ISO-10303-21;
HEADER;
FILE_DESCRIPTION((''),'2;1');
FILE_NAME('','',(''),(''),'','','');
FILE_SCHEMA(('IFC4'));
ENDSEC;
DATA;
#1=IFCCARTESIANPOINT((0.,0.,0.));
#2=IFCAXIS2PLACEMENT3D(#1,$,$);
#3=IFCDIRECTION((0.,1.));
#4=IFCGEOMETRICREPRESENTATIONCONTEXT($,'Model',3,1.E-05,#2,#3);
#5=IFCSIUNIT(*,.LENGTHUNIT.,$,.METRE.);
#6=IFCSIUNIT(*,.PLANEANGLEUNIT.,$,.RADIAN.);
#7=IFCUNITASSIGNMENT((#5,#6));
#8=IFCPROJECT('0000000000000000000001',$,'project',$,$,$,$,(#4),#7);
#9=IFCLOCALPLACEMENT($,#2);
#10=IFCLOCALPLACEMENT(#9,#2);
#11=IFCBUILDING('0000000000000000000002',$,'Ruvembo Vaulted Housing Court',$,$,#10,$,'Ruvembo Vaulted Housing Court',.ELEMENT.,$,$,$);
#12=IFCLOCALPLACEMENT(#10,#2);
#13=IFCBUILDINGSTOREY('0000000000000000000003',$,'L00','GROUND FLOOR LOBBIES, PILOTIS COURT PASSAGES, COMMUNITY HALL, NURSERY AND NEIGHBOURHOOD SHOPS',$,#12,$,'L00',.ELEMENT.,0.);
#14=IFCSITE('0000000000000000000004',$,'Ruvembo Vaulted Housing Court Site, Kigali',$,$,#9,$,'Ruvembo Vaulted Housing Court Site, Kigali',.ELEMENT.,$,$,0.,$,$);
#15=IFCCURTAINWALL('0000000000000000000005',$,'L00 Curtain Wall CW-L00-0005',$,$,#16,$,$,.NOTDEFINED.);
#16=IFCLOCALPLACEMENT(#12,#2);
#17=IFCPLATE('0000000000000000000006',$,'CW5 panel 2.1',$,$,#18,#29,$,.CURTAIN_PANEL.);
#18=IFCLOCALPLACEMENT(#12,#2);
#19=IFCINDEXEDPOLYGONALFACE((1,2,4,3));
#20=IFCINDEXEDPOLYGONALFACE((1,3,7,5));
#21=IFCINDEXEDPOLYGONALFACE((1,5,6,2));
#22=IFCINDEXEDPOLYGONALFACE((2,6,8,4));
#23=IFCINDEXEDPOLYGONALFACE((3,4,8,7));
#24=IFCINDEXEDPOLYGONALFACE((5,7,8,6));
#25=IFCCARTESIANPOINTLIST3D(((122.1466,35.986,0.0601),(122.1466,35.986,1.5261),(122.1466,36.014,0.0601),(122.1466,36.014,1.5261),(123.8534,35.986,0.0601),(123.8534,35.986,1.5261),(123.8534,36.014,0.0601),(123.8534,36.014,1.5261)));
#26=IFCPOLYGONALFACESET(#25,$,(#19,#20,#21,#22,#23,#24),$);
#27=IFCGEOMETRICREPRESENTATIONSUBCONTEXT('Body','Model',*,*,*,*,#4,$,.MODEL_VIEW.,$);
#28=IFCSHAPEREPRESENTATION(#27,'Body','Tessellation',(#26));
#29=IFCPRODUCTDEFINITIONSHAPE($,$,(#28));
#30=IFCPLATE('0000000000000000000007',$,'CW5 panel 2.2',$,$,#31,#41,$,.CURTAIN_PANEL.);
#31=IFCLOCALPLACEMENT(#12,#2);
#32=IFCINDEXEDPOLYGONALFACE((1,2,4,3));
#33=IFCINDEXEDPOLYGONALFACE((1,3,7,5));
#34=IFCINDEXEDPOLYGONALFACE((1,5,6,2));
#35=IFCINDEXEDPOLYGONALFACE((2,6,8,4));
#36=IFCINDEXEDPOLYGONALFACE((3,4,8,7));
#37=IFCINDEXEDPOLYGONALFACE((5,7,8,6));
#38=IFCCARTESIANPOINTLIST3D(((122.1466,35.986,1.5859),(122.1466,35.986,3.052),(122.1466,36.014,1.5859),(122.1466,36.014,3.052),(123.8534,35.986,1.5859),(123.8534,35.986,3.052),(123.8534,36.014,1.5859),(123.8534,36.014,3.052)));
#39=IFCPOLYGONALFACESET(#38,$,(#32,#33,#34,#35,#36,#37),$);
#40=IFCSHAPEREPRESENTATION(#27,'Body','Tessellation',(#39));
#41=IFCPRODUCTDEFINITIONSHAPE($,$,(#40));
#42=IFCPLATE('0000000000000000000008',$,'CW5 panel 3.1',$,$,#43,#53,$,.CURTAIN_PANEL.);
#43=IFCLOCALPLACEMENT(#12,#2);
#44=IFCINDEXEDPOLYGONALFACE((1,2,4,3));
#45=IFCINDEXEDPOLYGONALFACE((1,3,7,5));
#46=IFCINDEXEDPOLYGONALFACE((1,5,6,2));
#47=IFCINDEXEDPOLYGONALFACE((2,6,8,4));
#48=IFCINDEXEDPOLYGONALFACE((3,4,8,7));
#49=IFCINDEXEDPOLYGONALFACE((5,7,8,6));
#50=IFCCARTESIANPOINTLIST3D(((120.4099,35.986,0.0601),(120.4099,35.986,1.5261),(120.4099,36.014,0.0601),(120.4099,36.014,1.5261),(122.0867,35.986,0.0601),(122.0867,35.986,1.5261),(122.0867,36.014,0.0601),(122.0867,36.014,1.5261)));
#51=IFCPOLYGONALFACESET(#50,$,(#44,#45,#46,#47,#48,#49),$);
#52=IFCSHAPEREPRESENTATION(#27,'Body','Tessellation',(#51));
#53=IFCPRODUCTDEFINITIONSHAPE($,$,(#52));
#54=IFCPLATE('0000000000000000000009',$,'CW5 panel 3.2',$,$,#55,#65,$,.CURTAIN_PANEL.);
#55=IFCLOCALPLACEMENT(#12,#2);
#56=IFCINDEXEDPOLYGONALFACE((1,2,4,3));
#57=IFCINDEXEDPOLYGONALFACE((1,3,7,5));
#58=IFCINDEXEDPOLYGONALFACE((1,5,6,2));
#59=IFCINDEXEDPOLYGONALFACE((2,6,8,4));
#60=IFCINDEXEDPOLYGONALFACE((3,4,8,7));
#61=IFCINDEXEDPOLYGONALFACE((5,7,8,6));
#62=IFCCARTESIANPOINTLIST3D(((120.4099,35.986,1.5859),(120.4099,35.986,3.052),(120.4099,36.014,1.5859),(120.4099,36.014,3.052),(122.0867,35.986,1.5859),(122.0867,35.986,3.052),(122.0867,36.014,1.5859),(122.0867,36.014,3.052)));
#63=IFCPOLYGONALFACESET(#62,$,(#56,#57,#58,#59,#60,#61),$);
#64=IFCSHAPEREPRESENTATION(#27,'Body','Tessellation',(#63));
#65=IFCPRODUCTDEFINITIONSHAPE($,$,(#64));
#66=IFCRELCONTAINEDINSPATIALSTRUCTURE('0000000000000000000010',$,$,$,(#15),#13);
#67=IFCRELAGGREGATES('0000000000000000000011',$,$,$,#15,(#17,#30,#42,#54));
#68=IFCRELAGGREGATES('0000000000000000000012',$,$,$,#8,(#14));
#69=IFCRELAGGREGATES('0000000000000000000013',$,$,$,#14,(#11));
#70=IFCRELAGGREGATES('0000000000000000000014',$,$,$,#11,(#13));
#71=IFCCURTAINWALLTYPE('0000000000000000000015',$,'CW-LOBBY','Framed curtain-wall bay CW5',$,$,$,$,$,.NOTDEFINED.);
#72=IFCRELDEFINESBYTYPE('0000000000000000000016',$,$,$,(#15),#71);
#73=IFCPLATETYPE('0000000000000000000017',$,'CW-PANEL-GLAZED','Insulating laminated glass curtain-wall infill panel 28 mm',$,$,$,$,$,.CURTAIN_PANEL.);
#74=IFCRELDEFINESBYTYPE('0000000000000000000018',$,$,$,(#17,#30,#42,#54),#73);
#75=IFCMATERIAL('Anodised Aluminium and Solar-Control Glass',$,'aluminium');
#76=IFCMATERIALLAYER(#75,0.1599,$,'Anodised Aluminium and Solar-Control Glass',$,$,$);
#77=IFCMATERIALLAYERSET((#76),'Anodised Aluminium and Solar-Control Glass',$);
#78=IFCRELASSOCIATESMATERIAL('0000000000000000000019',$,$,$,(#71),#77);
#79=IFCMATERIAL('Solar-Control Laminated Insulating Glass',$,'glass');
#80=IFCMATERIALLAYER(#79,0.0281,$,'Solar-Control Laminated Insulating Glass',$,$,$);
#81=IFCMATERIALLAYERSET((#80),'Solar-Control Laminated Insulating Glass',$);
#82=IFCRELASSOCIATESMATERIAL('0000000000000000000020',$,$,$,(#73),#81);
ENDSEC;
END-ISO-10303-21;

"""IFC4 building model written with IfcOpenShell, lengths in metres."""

from ifc_helpers import new_model, si_unit, direction, frame, origin, origin_2d, place, context, subcontext, project, spatial, rectangle, extrude, material, layer, layer_set, type_object, element, aggregate, save


model = new_model("IFC4")

# Units and contexts
model_context = context("Model", 3, precision=1e-05, world=origin(), true_north=direction((0.0, 1.0)))
body_context = subcontext(model_context, "Body", "Model", "MODEL_VIEW")
ifc_project = project(units=[si_unit("LENGTHUNIT", "METRE"), si_unit("PLANEANGLEUNIT", "RADIAN")], contexts=[model_context])

# Site, building, storey
site_placement = place(None, origin())
site = spatial("IfcSite", under=ifc_project, at=site_placement, Name="Ruvembo Vaulted Housing Court Site, Kigali", LongName="Ruvembo Vaulted Housing Court Site, Kigali", CompositionType="ELEMENT", RefElevation=0.0)
building_placement = place(site_placement, origin())
building = spatial("IfcBuilding", under=site, at=building_placement, Name="Ruvembo Vaulted Housing Court", LongName="Ruvembo Vaulted Housing Court", CompositionType="ELEMENT")
storey_placement = place(building_placement, origin())
storey = spatial("IfcBuildingStorey", under=building, at=storey_placement, Name="L00", Description="GROUND FLOOR LOBBIES, PILOTIS COURT PASSAGES, COMMUNITY HALL, NURSERY AND NEIGHBOURHOOD SHOPS", LongName="L00", CompositionType="ELEMENT", Elevation=0.0)

# Curtain wall
ifc_material_1 = material(Name="Anodised Aluminium and Solar-Control Glass", Category="aluminium")
ifc_layer_1 = layer(ifc_material_1, 0.1599, Name="Anodised Aluminium and Solar-Control Glass")
ifc_layer_set_1 = layer_set([ifc_layer_1], Name="Anodised Aluminium and Solar-Control Glass")
curtain_wall_type = type_object("IfcCurtainWallType", Name="CW-LOBBY", Description="Framed curtain-wall bay CW5", PredefinedType="NOTDEFINED", material=ifc_layer_set_1)
curtain_wall_placement = place(storey_placement, origin())
curtain_wall = element("IfcCurtainWall", 1, at=curtain_wall_placement, inside=storey, type_object=curtain_wall_type, Name="L00 Curtain Wall CW-L00-0005", PredefinedType="NOTDEFINED")

# Plates
ifc_material_2 = material(Name="Solar-Control Laminated Insulating Glass", Category="glass")
ifc_layer_2 = layer(ifc_material_2, 0.0281, Name="Solar-Control Laminated Insulating Glass")
ifc_layer_set_2 = layer_set([ifc_layer_2], Name="Solar-Control Laminated Insulating Glass")
plate_type = type_object("IfcPlateType", Name="CW-PANEL-GLAZED", Description="Insulating laminated glass curtain-wall infill panel 28 mm", PredefinedType="CURTAIN_PANEL", material=ifc_layer_set_2)
plate_1_placement = place(storey_placement, frame((123.0, 36.0, 0.0601), z_axis=(0.0, 0.0, 1.0), x_axis=(-1.0, 0.0, 0.0)))
plate_1 = element("IfcPlate", 2, at=plate_1_placement, type_object=plate_type, Name="CW5 panel 2.1", PredefinedType="CURTAIN_PANEL", context=body_context, shape_type="SweptSolid", body=[
    extrude(rectangle(XDim=1.7068, YDim=0.0281, at=origin_2d()), origin(), (0.0, 0.0, 1.0), 1.4661),
])
plate_2_placement = place(storey_placement, frame((123.0, 36.0, 1.5859), z_axis=(0.0, 0.0, 1.0), x_axis=(-1.0, 0.0, 0.0)))
plate_2 = element("IfcPlate", 3, at=plate_2_placement, type_object=plate_type, Name="CW5 panel 2.2", PredefinedType="CURTAIN_PANEL", context=body_context, shape_type="SweptSolid", body=[
    extrude(rectangle(XDim=1.7068, YDim=0.0281, at=origin_2d()), origin(), (0.0, 0.0, 1.0), 1.4661),
])
plate_3_placement = place(storey_placement, frame((121.2483, 36.0, 0.0601), z_axis=(0.0, 0.0, 1.0), x_axis=(-1.0, 0.0, 0.0)))
plate_3 = element("IfcPlate", 4, at=plate_3_placement, type_object=plate_type, Name="CW5 panel 3.1", PredefinedType="CURTAIN_PANEL", context=body_context, shape_type="SweptSolid", body=[
    extrude(rectangle(XDim=1.6768, YDim=0.0281, at=origin_2d()), origin(), (0.0, 0.0, 1.0), 1.4661),
])
plate_4_placement = place(storey_placement, frame((121.2483, 36.0, 1.5859), z_axis=(0.0, 0.0, 1.0), x_axis=(-1.0, 0.0, 0.0)))
plate_4 = element("IfcPlate", 5, at=plate_4_placement, type_object=plate_type, Name="CW5 panel 3.2", PredefinedType="CURTAIN_PANEL", context=body_context, shape_type="SweptSolid", body=[
    extrude(rectangle(XDim=1.6768, YDim=0.0281, at=origin_2d()), origin(), (0.0, 0.0, 1.0), 1.4661),
])
aggregate(curtain_wall, [plate_1, plate_2, plate_3, plate_4])

save(model, "model.ifc")
